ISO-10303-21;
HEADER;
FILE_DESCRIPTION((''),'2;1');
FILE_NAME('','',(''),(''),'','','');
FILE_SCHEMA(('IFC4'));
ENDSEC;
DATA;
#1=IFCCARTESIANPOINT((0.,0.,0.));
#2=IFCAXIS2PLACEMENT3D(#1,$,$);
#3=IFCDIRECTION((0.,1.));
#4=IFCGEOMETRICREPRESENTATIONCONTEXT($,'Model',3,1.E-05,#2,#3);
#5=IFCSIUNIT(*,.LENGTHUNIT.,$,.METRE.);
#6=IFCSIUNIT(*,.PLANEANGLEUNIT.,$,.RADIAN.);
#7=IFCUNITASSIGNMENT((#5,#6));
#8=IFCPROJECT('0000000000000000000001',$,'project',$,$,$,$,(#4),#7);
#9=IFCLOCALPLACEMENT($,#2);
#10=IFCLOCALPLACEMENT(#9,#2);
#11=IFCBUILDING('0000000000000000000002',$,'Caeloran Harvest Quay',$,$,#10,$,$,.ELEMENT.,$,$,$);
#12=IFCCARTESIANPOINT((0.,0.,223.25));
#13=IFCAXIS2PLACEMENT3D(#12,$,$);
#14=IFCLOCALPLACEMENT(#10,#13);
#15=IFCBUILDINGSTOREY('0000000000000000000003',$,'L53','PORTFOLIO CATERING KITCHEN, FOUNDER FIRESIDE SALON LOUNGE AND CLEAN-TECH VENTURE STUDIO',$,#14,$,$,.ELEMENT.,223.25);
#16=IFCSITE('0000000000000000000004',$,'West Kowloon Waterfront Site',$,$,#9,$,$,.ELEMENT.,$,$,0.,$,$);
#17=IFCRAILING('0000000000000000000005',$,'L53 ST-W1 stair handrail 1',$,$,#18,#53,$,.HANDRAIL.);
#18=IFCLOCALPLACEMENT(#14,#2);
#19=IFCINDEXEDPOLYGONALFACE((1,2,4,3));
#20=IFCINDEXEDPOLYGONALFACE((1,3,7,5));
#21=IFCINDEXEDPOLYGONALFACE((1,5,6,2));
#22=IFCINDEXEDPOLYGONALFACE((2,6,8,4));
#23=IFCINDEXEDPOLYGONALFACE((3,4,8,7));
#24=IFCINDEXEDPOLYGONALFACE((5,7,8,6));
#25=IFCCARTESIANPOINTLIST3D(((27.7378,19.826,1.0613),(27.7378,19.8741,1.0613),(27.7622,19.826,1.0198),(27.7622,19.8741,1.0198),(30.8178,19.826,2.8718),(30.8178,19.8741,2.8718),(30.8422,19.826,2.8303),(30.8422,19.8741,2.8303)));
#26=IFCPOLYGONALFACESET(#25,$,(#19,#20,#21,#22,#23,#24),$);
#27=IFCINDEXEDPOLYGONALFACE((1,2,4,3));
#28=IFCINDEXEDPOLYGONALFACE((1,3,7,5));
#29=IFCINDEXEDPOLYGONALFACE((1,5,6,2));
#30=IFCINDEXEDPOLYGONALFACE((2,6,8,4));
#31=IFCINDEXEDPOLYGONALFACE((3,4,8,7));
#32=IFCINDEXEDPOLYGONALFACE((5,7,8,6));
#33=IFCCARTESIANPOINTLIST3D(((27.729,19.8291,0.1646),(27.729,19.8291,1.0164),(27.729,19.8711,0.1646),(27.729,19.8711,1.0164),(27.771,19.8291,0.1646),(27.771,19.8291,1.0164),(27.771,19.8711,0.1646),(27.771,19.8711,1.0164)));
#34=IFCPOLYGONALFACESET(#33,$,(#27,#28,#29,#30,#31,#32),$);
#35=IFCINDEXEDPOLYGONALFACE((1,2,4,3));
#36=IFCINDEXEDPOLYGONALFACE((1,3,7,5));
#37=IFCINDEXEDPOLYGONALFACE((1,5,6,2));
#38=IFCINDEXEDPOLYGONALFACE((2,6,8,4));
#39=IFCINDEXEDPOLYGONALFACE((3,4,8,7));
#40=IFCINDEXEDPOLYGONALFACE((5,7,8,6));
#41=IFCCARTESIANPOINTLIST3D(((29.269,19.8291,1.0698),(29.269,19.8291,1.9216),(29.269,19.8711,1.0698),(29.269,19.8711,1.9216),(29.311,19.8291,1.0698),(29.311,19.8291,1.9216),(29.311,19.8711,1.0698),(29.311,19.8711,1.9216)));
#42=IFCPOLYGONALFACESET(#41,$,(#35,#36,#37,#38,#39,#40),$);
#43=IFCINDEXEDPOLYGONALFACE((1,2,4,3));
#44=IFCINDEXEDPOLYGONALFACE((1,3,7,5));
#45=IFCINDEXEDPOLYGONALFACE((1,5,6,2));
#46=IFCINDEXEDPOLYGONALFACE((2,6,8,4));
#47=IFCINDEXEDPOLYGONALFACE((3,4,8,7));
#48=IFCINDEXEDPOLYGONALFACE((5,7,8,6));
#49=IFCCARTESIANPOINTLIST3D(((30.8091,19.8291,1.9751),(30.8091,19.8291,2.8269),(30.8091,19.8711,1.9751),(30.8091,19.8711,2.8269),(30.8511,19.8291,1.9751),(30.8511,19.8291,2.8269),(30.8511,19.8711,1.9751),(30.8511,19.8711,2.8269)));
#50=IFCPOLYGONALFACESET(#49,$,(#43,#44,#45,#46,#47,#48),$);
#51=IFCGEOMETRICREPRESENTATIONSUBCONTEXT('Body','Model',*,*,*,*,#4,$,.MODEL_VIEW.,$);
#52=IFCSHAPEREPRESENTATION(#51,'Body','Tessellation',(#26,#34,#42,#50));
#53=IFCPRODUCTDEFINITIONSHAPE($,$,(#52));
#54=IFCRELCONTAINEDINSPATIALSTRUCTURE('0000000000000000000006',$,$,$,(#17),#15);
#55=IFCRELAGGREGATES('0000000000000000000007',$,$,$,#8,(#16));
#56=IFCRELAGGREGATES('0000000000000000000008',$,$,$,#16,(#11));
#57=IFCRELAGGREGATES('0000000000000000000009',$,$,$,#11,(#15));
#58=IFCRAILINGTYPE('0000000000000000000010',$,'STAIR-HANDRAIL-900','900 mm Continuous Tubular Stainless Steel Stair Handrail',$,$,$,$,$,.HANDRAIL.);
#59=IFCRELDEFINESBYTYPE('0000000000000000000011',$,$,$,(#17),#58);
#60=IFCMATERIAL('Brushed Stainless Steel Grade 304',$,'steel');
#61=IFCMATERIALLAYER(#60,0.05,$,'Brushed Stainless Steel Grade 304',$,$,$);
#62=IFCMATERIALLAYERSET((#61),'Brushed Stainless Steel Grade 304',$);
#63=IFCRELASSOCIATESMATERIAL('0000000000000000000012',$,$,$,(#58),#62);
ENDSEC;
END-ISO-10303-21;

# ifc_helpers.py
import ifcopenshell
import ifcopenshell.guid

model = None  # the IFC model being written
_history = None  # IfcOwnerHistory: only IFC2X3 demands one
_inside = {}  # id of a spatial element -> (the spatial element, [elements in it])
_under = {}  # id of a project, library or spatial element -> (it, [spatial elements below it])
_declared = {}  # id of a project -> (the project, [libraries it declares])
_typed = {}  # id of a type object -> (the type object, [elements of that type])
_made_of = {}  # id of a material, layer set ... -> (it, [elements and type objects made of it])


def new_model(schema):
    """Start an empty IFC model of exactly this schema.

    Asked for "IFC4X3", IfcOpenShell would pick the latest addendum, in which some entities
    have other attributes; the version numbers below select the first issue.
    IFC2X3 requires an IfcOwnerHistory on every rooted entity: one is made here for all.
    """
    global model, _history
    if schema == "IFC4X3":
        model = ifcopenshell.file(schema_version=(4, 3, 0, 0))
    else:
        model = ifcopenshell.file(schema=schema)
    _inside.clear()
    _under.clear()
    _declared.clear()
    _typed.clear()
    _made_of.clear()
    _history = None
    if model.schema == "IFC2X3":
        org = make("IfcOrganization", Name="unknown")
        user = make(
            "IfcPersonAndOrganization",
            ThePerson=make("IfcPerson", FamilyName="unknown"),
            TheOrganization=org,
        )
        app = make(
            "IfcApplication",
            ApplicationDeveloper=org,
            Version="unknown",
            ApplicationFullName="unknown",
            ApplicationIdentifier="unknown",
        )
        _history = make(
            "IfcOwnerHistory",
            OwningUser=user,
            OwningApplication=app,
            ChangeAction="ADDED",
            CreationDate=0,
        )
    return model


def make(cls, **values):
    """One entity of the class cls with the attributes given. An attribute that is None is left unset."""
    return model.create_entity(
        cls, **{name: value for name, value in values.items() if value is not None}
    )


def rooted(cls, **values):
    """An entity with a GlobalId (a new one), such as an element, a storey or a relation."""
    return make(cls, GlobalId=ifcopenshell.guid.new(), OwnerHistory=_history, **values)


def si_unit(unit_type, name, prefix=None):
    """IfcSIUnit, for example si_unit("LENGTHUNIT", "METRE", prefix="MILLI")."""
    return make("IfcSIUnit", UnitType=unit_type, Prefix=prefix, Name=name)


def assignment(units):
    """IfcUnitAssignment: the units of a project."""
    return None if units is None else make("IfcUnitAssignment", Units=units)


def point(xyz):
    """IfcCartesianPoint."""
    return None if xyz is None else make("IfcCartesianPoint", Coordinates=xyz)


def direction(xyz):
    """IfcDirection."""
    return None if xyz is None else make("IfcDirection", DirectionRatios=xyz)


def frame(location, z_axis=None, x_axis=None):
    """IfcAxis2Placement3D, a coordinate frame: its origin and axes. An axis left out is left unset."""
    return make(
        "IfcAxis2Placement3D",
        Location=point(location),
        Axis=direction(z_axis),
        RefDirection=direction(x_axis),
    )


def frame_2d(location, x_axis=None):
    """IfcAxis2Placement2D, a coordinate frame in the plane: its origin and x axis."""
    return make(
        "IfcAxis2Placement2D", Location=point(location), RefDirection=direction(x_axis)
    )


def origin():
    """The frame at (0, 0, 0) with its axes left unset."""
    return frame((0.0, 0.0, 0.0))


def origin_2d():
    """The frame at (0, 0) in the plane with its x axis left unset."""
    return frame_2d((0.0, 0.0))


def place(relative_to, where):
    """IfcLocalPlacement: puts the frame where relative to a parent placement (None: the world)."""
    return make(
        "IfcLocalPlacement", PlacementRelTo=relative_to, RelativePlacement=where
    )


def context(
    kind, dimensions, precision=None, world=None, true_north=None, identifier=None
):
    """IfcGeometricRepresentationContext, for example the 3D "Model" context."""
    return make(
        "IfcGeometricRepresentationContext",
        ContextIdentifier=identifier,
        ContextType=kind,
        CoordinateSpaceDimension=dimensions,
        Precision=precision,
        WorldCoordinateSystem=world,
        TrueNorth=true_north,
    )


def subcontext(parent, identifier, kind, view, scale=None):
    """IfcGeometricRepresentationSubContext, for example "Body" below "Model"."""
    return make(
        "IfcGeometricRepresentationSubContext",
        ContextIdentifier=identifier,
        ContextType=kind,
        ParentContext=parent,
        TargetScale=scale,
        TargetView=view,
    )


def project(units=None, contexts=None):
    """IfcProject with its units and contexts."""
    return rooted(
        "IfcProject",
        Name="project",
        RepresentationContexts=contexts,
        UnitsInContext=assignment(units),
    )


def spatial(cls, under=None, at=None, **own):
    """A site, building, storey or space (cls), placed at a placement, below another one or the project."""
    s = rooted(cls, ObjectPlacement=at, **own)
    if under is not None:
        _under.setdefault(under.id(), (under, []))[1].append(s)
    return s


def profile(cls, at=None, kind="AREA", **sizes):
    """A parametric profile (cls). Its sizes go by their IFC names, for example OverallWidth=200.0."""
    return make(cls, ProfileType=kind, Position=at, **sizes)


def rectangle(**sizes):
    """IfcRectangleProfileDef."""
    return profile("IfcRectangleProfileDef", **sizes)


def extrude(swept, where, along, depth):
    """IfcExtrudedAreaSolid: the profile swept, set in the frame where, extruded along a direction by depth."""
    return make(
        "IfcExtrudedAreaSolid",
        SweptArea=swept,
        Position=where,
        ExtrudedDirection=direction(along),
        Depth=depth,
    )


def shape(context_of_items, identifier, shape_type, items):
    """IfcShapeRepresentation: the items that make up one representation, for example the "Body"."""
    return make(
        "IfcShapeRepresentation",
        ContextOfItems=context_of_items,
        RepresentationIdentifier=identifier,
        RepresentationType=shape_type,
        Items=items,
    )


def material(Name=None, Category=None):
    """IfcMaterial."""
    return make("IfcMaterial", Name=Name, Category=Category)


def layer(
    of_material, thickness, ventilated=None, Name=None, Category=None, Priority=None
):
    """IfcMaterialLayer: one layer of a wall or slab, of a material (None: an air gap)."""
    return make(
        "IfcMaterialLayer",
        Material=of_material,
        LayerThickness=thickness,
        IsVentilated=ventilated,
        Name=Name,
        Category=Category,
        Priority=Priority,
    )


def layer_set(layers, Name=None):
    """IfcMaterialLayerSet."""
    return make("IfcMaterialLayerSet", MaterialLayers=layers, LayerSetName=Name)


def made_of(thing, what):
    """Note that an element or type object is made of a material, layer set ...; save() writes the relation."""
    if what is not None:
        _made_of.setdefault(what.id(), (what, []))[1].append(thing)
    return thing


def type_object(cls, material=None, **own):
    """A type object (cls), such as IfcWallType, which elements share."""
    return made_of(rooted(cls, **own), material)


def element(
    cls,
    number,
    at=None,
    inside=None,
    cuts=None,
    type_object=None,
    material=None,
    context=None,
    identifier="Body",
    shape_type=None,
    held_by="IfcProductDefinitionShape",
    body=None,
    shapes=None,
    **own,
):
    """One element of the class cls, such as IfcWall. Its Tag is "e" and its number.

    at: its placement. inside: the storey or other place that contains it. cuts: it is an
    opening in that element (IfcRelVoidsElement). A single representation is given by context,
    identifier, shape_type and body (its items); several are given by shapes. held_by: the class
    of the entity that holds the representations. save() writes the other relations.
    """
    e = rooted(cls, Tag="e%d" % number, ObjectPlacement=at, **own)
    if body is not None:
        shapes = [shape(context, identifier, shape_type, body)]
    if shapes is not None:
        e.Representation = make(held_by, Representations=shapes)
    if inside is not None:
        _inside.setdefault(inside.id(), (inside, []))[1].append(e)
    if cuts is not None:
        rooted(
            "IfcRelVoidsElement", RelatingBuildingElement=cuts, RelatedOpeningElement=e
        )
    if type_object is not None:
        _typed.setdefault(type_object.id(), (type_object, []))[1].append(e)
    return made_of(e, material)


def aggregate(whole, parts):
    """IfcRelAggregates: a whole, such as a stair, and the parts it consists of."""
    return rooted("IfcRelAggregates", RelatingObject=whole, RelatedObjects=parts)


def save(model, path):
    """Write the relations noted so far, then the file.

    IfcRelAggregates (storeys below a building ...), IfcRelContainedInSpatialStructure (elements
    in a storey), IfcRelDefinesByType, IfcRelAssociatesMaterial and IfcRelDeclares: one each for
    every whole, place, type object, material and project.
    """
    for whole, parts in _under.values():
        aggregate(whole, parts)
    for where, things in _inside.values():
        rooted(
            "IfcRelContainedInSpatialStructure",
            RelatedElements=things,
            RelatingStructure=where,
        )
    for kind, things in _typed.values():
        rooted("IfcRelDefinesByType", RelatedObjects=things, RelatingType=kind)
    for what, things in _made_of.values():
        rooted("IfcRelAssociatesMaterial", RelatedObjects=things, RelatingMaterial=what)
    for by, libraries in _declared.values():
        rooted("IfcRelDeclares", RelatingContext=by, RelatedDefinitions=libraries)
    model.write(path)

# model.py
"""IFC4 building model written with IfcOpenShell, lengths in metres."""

from ifc_helpers import new_model, si_unit, direction, frame, origin, origin_2d, place, context, subcontext, project, spatial, rectangle, extrude, material, layer, layer_set, type_object, element, save


model = new_model("IFC4")

# Units and contexts
model_context = context("Model", 3, precision=1e-05, world=origin(), true_north=direction((0.0, 1.0)))
body_context = subcontext(model_context, "Body", "Model", "MODEL_VIEW")
ifc_project = project(units=[si_unit("LENGTHUNIT", "METRE"), si_unit("PLANEANGLEUNIT", "RADIAN")], contexts=[model_context])

# Site, building, storey
site_placement = place(None, origin())
site = spatial("IfcSite", under=ifc_project, at=site_placement, Name="West Kowloon Waterfront Site", CompositionType="ELEMENT", RefElevation=0.0)
building_placement = place(site_placement, origin())
building = spatial("IfcBuilding", under=site, at=building_placement, Name="Caeloran Harvest Quay", CompositionType="ELEMENT")
storey_placement = place(building_placement, frame((0.0, 0.0, 223.25)))
storey = spatial("IfcBuildingStorey", under=building, at=storey_placement, Name="L53", Description="PORTFOLIO CATERING KITCHEN, FOUNDER FIRESIDE SALON LOUNGE AND CLEAN-TECH VENTURE STUDIO", CompositionType="ELEMENT", Elevation=223.25)

# Railing
ifc_material_1 = material(Name="Brushed Stainless Steel Grade 304", Category="steel")
ifc_layer_1 = layer(ifc_material_1, 0.05, Name="Brushed Stainless Steel Grade 304")
ifc_layer_set_1 = layer_set([ifc_layer_1], Name="Brushed Stainless Steel Grade 304")
railing_type_1 = type_object("IfcRailingType", Name="STAIR-HANDRAIL-900", Description="900 mm Continuous Tubular Stainless Steel Stair Handrail", PredefinedType="HANDRAIL", material=ifc_layer_set_1)
railing_1_placement = place(storey_placement, frame((27.75, 19.8501, 0.1646)))
element("IfcRailing", 1, at=railing_1_placement, inside=storey, type_object=railing_type_1, Name="L53 ST-W1 stair handrail 1", PredefinedType="HANDRAIL", context=body_context, shape_type="SweptSolid", body=[
    extrude(rectangle(XDim=0.0481, YDim=0.0481, at=origin_2d()), frame((0.0, 0.0, 0.876), z_axis=(0.862089, 0.0, 0.506757), x_axis=(0.0, 1.0, 0.0)), (0.0, 0.0, 1.0), 3.5728),
    extrude(rectangle(XDim=0.042, YDim=0.042, at=origin_2d()), origin(), (0.0, 0.0, 1.0), 0.8518),
    extrude(rectangle(XDim=0.042, YDim=0.042, at=origin_2d()), frame((1.54, 0.0, 0.9053)), (0.0, 0.0, 1.0), 0.8518),
    extrude(rectangle(XDim=0.042, YDim=0.042, at=origin_2d()), frame((3.0801, 0.0, 1.8105)), (0.0, 0.0, 1.0), 0.8518),
])

save(model, "model.ifc")
